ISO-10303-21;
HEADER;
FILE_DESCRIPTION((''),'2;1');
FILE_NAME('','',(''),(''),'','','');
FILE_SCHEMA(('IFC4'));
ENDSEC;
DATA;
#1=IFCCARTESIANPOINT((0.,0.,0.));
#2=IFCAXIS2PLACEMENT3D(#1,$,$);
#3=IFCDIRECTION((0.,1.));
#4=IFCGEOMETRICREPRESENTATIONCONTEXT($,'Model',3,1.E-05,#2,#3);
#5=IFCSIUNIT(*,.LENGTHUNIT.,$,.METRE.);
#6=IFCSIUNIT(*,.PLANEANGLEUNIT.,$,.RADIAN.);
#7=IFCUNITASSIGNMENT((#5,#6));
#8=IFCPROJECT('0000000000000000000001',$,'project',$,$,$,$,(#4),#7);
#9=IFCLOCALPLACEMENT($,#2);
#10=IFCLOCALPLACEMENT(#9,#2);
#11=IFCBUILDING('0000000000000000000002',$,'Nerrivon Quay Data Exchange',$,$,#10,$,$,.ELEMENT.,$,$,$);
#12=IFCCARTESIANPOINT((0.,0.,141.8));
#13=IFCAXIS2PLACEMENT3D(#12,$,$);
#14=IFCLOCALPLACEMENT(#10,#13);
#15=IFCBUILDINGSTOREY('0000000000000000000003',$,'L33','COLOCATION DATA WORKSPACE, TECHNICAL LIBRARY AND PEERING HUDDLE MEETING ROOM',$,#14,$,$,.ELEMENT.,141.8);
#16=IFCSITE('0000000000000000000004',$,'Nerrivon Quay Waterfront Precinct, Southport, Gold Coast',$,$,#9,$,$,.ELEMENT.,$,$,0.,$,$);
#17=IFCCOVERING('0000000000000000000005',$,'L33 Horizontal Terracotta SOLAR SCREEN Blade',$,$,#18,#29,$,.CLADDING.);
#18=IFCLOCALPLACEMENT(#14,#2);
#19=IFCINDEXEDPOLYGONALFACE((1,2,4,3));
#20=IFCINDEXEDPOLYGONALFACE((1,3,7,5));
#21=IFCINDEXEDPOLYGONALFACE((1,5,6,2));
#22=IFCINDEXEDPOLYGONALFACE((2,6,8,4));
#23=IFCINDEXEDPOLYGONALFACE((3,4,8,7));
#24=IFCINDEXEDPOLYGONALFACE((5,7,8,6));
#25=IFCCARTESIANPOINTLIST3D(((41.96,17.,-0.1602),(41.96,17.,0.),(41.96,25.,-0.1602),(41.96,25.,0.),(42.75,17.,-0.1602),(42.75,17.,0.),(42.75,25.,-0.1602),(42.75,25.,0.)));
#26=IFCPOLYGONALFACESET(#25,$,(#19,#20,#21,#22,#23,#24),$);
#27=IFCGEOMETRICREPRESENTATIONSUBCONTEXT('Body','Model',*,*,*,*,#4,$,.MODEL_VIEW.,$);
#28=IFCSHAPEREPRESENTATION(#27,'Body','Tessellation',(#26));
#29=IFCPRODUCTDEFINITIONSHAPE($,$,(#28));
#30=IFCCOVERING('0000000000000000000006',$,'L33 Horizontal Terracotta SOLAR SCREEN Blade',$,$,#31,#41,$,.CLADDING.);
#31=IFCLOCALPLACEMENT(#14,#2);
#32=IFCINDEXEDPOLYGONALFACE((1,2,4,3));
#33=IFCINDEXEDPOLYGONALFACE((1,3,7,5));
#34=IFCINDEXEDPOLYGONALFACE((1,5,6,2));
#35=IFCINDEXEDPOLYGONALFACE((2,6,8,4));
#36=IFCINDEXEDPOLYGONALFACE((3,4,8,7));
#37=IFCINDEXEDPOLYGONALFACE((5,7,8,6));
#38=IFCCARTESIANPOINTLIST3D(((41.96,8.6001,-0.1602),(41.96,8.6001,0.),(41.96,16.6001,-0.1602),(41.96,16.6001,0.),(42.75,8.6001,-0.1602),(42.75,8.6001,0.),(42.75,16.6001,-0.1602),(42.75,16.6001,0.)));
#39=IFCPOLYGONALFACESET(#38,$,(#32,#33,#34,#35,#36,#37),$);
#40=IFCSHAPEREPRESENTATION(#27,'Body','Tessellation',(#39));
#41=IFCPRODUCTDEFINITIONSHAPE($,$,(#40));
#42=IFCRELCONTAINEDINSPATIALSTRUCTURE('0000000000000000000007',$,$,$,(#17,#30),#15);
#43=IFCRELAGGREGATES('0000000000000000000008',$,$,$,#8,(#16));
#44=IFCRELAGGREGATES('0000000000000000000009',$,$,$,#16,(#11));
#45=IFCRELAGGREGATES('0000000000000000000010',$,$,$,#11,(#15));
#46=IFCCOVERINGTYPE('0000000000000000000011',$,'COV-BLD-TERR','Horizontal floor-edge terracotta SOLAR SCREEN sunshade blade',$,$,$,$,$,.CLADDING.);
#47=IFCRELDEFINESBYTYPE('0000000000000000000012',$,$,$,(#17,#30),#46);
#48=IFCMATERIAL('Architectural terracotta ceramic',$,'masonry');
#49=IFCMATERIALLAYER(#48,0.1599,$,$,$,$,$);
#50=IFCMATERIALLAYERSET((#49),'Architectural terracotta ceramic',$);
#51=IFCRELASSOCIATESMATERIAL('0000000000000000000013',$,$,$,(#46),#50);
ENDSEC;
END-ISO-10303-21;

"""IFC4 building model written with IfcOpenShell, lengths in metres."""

from ifc_helpers import new_model, si_unit, direction, frame, origin, place, context, subcontext, project, spatial, polyline, outline, extrude, material, layer, layer_set, type_object, element, save


model = new_model("IFC4")

# Units and contexts
model_context = context("Model", 3, precision=1e-05, world=origin(), true_north=direction((0.0, 1.0)))
body_context = subcontext(model_context, "Body", "Model", "MODEL_VIEW")
ifc_project = project(units=[si_unit("LENGTHUNIT", "METRE"), si_unit("PLANEANGLEUNIT", "RADIAN")], contexts=[model_context])

# Site, building, storey
site_placement = place(None, origin())
site = spatial("IfcSite", under=ifc_project, at=site_placement, Name="Nerrivon Quay Waterfront Precinct, Southport, Gold Coast", CompositionType="ELEMENT", RefElevation=0.0)
building_placement = place(site_placement, origin())
building = spatial("IfcBuilding", under=site, at=building_placement, Name="Nerrivon Quay Data Exchange", CompositionType="ELEMENT")
storey_placement = place(building_placement, frame((0.0, 0.0, 141.8)))
storey = spatial("IfcBuildingStorey", under=building, at=storey_placement, Name="L33", Description="COLOCATION DATA WORKSPACE, TECHNICAL LIBRARY AND PEERING HUDDLE MEETING ROOM", CompositionType="ELEMENT", Elevation=141.8)

# Coverings
ifc_material_1 = material(Name="Architectural terracotta ceramic", Category="masonry")
ifc_layer_1 = layer(ifc_material_1, 0.1599)
ifc_layer_set_1 = layer_set([ifc_layer_1], Name="Architectural terracotta ceramic")
covering_type = type_object("IfcCoveringType", Name="COV-BLD-TERR", Description="Horizontal floor-edge terracotta SOLAR SCREEN sunshade blade", PredefinedType="CLADDING", material=ifc_layer_set_1)
covering_1_placement = place(storey_placement, frame((0.0, 0.0, -0.1602)))
element("IfcCovering", 1, at=covering_1_placement, inside=storey, type_object=covering_type, Name="L33 Horizontal Terracotta SOLAR SCREEN Blade", PredefinedType="CLADDING", context=body_context, shape_type="SweptSolid", body=[
    extrude(outline(polyline([(41.96, 25.0), (41.96, 17.0), (42.75, 17.0), (42.75, 25.0), (41.96, 25.0)])), origin(), (0.0, 0.0, 1.0), 0.1602),
])
covering_2_placement = place(storey_placement, frame((0.0, 0.0, -0.1602)))
element("IfcCovering", 2, at=covering_2_placement, inside=storey, type_object=covering_type, Name="L33 Horizontal Terracotta SOLAR SCREEN Blade", PredefinedType="CLADDING", context=body_context, shape_type="SweptSolid", body=[
    extrude(outline(polyline([(41.96, 16.6001), (41.96, 8.6001), (42.75, 8.6001), (42.75, 16.6001), (41.96, 16.6001)])), origin(), (0.0, 0.0, 1.0), 0.1602),
])

save(model, "model.ifc")
